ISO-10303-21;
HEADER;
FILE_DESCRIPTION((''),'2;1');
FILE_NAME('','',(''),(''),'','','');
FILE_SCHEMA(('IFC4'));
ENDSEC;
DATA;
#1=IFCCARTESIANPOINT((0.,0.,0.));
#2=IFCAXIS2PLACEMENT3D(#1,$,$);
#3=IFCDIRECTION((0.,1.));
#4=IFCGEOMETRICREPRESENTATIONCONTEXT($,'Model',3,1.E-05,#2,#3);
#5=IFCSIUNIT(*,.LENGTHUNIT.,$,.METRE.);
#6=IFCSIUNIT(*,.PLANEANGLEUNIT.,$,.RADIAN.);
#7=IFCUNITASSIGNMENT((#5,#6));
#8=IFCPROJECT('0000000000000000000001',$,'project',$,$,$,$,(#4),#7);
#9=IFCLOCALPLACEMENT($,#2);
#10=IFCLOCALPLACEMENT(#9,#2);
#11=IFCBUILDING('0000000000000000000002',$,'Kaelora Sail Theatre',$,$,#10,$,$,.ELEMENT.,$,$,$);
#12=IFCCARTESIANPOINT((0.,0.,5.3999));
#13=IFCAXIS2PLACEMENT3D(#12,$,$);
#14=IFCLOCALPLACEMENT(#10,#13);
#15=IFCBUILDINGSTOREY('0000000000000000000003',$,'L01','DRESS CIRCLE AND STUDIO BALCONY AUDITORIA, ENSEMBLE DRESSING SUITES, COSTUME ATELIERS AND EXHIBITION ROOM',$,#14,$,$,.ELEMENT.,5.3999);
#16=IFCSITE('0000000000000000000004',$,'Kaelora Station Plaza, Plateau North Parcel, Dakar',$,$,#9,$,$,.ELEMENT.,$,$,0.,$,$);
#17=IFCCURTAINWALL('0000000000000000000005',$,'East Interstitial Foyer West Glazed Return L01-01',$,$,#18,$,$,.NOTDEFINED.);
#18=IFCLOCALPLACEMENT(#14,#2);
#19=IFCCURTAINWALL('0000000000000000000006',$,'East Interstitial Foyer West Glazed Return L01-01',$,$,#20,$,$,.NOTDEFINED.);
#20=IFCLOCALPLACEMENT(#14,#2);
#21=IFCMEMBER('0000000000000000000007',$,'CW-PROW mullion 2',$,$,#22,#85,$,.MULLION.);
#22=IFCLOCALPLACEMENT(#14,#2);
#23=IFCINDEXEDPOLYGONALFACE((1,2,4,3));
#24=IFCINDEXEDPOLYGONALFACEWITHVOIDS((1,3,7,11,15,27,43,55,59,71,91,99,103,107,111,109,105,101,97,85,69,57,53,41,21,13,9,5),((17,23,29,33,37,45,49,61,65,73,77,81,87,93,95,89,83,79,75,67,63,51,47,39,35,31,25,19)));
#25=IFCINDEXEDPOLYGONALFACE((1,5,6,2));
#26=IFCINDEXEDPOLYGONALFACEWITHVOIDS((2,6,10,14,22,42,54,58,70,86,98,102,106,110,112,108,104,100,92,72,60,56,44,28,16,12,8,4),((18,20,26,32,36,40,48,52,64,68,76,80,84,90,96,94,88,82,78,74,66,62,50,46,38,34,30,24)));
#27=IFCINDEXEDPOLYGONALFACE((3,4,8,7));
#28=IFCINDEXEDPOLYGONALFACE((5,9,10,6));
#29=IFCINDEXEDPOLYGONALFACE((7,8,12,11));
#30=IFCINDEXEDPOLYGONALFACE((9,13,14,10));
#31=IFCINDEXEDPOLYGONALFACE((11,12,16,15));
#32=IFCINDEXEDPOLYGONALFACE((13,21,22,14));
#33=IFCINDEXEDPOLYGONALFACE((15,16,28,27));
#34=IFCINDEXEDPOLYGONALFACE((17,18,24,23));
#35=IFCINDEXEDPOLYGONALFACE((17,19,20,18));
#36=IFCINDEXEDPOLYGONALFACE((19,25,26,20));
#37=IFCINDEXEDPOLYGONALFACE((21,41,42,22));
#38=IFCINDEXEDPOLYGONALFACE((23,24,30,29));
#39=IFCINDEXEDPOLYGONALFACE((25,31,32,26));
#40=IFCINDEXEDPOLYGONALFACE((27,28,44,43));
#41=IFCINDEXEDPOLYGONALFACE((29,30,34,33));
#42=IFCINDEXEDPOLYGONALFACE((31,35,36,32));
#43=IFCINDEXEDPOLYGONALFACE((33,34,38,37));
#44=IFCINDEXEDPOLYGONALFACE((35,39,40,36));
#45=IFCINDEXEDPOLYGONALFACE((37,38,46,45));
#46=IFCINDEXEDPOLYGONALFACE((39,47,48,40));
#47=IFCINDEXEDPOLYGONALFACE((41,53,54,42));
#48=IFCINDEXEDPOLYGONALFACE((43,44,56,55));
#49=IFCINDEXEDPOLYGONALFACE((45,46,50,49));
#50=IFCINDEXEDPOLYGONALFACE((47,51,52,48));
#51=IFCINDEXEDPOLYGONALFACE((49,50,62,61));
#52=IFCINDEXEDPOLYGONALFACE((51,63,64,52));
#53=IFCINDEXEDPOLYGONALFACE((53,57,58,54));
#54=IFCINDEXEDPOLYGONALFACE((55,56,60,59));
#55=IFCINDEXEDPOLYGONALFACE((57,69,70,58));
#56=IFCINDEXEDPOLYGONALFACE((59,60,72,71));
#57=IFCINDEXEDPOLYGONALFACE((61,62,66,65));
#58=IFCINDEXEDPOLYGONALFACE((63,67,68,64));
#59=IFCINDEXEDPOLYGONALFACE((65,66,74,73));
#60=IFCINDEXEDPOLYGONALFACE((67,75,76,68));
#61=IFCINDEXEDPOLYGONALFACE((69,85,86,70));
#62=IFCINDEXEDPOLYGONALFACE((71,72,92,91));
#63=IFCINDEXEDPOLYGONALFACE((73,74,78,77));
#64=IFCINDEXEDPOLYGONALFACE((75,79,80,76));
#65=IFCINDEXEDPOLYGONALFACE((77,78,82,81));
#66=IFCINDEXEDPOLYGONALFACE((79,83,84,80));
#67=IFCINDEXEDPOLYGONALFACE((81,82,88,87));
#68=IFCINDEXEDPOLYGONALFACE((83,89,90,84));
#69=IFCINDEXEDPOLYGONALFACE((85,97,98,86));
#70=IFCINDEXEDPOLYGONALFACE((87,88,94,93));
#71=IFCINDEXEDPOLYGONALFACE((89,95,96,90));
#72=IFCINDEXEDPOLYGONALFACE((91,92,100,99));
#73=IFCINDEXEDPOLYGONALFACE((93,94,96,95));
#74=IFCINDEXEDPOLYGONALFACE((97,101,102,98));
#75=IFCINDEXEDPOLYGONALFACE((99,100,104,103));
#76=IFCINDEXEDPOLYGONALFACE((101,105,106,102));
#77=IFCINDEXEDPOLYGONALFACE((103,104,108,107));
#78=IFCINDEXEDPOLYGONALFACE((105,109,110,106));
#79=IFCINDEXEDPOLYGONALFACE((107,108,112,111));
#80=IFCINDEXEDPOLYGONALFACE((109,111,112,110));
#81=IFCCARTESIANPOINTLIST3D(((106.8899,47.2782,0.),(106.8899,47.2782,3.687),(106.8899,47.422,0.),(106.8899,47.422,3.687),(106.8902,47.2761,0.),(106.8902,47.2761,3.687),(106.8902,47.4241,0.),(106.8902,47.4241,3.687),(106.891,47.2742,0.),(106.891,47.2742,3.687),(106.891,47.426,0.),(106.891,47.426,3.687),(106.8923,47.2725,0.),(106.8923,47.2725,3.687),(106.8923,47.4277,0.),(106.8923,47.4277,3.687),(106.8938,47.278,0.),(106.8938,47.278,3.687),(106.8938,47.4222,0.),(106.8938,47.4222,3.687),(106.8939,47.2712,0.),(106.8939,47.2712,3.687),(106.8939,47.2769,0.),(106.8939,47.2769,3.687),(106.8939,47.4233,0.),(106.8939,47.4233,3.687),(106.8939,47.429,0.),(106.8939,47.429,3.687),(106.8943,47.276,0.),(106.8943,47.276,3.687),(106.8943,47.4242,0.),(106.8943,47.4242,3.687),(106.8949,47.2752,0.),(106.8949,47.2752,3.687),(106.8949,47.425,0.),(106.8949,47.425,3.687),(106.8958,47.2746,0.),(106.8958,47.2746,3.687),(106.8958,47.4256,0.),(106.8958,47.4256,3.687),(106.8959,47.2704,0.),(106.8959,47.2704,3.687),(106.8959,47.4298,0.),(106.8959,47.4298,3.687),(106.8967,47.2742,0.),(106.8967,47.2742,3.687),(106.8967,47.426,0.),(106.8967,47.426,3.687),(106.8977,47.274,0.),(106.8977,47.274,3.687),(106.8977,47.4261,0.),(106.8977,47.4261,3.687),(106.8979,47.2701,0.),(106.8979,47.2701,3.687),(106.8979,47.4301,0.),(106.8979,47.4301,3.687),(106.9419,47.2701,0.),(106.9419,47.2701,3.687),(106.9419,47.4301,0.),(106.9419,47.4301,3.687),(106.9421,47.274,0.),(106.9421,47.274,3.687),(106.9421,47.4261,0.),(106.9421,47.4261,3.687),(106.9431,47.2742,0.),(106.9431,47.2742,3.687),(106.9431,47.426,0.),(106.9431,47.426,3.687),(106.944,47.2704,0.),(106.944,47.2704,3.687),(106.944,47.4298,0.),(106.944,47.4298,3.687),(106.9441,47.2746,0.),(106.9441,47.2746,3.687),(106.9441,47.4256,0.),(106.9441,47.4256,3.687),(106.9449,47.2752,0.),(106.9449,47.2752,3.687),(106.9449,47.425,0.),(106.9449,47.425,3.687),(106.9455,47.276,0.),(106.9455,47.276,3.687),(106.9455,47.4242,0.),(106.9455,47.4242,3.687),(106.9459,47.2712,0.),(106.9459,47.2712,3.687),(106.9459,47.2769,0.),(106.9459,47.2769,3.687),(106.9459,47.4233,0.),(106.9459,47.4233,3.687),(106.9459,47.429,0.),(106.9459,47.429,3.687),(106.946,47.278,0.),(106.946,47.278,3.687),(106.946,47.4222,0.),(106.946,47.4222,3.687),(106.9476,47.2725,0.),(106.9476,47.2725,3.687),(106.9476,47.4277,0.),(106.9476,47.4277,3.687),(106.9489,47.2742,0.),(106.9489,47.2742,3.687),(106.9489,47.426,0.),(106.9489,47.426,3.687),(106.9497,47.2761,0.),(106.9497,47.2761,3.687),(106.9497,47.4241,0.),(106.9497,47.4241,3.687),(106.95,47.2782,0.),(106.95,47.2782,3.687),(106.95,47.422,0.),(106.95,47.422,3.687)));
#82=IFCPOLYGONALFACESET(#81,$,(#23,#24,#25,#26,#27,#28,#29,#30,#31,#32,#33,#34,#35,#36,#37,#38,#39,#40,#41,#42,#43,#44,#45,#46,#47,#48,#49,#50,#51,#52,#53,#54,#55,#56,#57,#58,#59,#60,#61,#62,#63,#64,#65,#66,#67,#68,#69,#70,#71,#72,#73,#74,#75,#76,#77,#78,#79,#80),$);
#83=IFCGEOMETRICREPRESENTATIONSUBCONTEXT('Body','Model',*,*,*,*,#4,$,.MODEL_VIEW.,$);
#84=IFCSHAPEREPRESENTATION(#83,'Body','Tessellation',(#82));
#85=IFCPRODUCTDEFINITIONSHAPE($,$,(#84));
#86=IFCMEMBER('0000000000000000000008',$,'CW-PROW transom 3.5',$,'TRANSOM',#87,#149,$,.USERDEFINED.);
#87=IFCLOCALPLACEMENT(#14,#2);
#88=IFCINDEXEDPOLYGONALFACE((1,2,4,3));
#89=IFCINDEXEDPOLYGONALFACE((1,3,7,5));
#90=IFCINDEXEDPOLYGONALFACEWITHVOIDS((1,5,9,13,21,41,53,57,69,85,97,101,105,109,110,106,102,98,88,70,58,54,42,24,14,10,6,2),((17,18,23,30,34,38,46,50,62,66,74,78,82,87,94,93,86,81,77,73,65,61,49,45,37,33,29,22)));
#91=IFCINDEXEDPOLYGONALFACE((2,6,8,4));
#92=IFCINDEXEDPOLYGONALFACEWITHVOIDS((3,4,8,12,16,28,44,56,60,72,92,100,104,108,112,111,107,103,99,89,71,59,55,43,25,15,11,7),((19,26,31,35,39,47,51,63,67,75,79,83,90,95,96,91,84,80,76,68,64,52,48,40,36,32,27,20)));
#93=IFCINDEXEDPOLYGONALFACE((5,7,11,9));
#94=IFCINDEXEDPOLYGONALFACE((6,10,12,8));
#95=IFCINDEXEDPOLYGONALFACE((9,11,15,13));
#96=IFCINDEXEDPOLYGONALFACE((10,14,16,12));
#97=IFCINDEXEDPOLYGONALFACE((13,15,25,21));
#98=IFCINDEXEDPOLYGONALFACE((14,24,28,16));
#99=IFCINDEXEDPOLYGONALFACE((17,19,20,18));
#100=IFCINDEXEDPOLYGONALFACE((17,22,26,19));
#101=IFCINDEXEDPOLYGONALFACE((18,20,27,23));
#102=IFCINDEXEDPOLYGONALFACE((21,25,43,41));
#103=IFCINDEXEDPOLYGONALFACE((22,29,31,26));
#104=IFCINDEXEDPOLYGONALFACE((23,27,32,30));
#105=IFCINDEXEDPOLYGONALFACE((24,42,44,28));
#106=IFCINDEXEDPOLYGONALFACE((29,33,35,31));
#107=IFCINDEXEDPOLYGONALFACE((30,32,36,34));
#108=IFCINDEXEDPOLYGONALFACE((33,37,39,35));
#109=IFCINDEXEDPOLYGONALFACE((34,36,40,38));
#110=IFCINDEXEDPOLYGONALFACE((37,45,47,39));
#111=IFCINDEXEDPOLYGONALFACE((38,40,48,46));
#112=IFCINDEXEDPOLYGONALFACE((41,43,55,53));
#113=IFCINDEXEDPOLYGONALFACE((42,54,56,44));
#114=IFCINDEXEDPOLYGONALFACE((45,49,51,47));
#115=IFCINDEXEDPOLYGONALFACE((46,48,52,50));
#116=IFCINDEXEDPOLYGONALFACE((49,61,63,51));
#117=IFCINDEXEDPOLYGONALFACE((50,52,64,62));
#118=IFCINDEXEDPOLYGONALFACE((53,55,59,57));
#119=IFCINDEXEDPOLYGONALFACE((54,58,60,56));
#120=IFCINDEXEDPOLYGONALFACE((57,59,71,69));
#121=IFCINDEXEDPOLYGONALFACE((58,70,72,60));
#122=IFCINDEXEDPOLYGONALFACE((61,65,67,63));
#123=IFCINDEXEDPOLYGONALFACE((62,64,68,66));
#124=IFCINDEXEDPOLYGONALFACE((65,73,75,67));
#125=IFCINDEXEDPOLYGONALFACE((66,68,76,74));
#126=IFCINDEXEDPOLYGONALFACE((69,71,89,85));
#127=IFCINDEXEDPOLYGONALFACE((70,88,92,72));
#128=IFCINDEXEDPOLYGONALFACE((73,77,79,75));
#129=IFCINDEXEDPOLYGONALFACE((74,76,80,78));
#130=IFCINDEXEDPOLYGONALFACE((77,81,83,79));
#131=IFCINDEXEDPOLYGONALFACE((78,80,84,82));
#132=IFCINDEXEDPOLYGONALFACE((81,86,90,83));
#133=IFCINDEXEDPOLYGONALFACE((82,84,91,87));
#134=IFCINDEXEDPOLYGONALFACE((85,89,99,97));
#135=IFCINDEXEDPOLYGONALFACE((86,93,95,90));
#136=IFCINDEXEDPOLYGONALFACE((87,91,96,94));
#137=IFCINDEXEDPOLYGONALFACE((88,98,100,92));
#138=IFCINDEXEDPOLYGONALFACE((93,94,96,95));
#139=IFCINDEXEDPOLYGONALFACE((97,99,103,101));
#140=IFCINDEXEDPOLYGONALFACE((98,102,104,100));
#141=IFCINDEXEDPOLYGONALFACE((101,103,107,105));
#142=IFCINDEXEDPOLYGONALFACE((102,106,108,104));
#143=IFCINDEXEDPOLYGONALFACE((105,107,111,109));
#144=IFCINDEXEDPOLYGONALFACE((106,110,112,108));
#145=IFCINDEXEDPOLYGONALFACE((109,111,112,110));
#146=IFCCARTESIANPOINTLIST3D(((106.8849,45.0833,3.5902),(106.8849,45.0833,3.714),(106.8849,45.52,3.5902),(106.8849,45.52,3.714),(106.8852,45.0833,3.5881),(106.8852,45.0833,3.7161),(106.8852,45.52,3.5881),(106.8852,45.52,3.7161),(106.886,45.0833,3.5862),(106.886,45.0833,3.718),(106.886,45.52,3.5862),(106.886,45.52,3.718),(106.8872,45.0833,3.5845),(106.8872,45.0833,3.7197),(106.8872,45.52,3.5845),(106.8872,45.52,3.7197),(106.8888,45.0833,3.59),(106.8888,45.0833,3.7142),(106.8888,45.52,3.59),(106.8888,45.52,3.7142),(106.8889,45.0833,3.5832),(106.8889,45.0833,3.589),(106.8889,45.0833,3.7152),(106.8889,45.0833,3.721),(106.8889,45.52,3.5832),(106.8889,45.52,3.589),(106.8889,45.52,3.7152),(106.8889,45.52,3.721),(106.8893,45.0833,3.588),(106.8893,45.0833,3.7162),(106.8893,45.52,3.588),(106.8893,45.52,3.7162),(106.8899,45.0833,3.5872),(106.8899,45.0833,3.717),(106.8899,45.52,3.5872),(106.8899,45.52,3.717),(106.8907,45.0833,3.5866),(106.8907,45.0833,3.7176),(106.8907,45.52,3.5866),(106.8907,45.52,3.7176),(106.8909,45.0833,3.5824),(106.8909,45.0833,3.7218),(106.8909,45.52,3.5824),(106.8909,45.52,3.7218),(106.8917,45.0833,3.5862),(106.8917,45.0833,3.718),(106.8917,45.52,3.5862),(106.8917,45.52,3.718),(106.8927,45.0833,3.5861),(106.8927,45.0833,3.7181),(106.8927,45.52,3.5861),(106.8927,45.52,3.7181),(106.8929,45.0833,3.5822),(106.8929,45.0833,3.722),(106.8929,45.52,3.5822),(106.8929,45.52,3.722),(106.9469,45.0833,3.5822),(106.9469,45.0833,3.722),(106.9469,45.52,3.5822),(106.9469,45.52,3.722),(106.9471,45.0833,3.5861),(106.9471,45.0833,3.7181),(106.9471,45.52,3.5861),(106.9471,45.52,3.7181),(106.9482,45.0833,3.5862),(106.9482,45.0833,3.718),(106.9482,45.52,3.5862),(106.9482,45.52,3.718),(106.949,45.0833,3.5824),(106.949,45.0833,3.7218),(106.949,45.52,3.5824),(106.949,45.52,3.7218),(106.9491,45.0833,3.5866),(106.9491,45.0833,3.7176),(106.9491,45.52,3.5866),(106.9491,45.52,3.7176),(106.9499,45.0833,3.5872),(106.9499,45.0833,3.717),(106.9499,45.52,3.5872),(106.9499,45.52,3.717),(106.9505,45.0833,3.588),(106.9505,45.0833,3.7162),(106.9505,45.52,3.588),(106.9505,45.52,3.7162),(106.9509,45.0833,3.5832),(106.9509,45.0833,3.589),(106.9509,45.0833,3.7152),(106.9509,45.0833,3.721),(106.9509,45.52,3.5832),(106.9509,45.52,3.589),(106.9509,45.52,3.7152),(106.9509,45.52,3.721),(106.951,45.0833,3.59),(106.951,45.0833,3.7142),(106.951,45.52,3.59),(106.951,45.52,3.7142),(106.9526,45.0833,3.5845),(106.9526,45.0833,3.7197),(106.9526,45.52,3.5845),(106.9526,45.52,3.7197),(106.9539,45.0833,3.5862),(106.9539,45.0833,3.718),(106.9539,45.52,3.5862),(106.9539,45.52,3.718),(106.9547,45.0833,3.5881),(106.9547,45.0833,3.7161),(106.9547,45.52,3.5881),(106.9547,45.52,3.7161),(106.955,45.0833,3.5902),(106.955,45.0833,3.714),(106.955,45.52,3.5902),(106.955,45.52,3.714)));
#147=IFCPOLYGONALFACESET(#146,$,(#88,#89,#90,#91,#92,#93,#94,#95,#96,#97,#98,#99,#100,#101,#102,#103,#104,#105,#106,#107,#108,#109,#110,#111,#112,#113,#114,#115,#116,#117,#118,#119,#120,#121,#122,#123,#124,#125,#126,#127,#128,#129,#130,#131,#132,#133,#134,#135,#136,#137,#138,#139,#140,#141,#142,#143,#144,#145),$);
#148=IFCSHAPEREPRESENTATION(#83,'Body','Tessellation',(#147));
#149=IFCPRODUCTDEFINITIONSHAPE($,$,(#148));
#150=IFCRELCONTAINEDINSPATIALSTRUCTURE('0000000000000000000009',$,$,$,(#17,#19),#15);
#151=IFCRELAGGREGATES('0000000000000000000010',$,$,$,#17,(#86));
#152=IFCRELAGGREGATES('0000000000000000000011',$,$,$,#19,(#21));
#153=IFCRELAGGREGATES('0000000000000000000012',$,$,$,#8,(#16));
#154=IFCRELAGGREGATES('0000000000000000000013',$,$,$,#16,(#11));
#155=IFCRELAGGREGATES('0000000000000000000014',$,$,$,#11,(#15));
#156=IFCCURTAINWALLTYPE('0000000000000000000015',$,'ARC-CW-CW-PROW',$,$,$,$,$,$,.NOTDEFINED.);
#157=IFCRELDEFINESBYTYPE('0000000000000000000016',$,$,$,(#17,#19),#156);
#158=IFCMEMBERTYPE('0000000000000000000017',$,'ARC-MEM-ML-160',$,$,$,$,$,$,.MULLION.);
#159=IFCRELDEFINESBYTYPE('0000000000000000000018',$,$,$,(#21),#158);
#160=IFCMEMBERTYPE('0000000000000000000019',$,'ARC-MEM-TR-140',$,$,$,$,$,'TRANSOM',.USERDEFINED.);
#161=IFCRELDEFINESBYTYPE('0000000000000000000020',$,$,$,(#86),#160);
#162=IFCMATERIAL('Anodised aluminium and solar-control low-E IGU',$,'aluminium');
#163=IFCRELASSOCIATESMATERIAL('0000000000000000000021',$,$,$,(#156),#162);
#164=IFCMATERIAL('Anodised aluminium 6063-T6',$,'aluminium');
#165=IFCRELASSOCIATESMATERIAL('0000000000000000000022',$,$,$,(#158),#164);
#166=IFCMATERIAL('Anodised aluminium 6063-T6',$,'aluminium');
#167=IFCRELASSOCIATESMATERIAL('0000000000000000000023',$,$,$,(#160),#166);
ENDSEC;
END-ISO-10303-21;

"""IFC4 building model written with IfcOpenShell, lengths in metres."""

from ifc_helpers import new_model, si_unit, direction, frame, origin, origin_2d, place, context, subcontext, project, spatial, hollow_rectangle, extrude, material, material_profile, profile_set, type_object, element, aggregate, save


model = new_model("IFC4")

# Units and contexts
model_context = context("Model", 3, precision=1e-05, world=origin(), true_north=direction((0.0, 1.0)))
body_context = subcontext(model_context, "Body", "Model", "MODEL_VIEW")
ifc_project = project(units=[si_unit("LENGTHUNIT", "METRE"), si_unit("PLANEANGLEUNIT", "RADIAN")], contexts=[model_context])

# Site, building, storey
site_placement = place(None, origin())
site = spatial("IfcSite", under=ifc_project, at=site_placement, Name="Kaelora Station Plaza, Plateau North Parcel, Dakar", CompositionType="ELEMENT", RefElevation=0.0)
building_placement = place(site_placement, origin())
building = spatial("IfcBuilding", under=site, at=building_placement, Name="Kaelora Sail Theatre", CompositionType="ELEMENT")
storey_placement = place(building_placement, frame((0.0, 0.0, 5.3999)))
storey = spatial("IfcBuildingStorey", under=building, at=storey_placement, Name="L01", Description="DRESS CIRCLE AND STUDIO BALCONY AUDITORIA, ENSEMBLE DRESSING SUITES, COSTUME ATELIERS AND EXHIBITION ROOM", CompositionType="ELEMENT", Elevation=5.3999)

# Curtain wall
ifc_material_1 = material(Name="Anodised aluminium and solar-control low-E IGU", Category="aluminium")
curtain_wall_type = type_object("IfcCurtainWallType", Name="ARC-CW-CW-PROW", PredefinedType="NOTDEFINED", material=ifc_material_1)
curtain_wall_1_placement = place(storey_placement, origin())
curtain_wall_1 = element("IfcCurtainWall", 1, at=curtain_wall_1_placement, inside=storey, type_object=curtain_wall_type, Name="East Interstitial Foyer West Glazed Return L01-01", PredefinedType="NOTDEFINED")
ifc_material_2 = material(Name="Anodised aluminium 6063-T6", Category="aluminium")
ifc_material_profile_1 = material_profile(ifc_material_2, hollow_rectangle(XDim=0.0601, YDim=0.1599, WallThickness=0.0039, InnerFilletRadius=0.0039, OuterFilletRadius=0.0081, at=origin_2d()), Name="ALU-MULL 60x160x4")
ifc_profile_set_1 = profile_set([ifc_material_profile_1], Name="Anodised aluminium 6063-T6")
member_type_1 = type_object("IfcMemberType", Name="ARC-MEM-ML-160", PredefinedType="MULLION", material=ifc_profile_set_1)

# Curtain wall, member
curtain_wall_2_placement = place(storey_placement, origin())
curtain_wall_2 = element("IfcCurtainWall", 2, at=curtain_wall_2_placement, inside=storey, type_object=curtain_wall_type, Name="East Interstitial Foyer West Glazed Return L01-01", PredefinedType="NOTDEFINED")
member_1_placement = place(storey_placement, frame((106.9199, 47.3501, 0.0), z_axis=(0.0, 0.0, 1.0), x_axis=(-1.0, 0.0, 0.0)))
member_1 = element("IfcMember", 3, at=member_1_placement, type_object=member_type_1, Name="CW-PROW mullion 2", PredefinedType="MULLION", context=body_context, shape_type="SweptSolid", body=[
    extrude(hollow_rectangle(XDim=0.0601, YDim=0.1599, WallThickness=0.0039, InnerFilletRadius=0.0039, OuterFilletRadius=0.0081, at=origin_2d()), origin(), (0.0, 0.0, 1.0), 3.687),
])

# Member
ifc_material_3 = material(Name="Anodised aluminium 6063-T6", Category="aluminium")
ifc_material_profile_2 = material_profile(ifc_material_3, hollow_rectangle(XDim=0.0701, YDim=0.1399, WallThickness=0.0039, InnerFilletRadius=0.0039, OuterFilletRadius=0.0081, at=origin_2d()), Name="ALU-TRAN 70x140x4")
ifc_profile_set_2 = profile_set([ifc_material_profile_2], Name="Anodised aluminium 6063-T6")
member_type_2 = type_object("IfcMemberType", Name="ARC-MEM-TR-140", ElementType="TRANSOM", PredefinedType="USERDEFINED", material=ifc_profile_set_2)
member_2_placement = place(storey_placement, frame((106.9199, 45.0833, 3.6521), z_axis=(0.0, 1.0, 0.0), x_axis=(-1.0, 0.0, 0.0)))
member_2 = element("IfcMember", 4, at=member_2_placement, type_object=member_type_2, Name="CW-PROW transom 3.5", ObjectType="TRANSOM", PredefinedType="USERDEFINED", context=body_context, shape_type="SweptSolid", body=[
    extrude(hollow_rectangle(XDim=0.0701, YDim=0.1399, WallThickness=0.0039, InnerFilletRadius=0.0039, OuterFilletRadius=0.0081, at=origin_2d()), origin(), (0.0, 0.0, 1.0), 0.4368),
])

aggregate(curtain_wall_1, [member_2])
aggregate(curtain_wall_2, [member_1])

save(model, "model.ifc")
